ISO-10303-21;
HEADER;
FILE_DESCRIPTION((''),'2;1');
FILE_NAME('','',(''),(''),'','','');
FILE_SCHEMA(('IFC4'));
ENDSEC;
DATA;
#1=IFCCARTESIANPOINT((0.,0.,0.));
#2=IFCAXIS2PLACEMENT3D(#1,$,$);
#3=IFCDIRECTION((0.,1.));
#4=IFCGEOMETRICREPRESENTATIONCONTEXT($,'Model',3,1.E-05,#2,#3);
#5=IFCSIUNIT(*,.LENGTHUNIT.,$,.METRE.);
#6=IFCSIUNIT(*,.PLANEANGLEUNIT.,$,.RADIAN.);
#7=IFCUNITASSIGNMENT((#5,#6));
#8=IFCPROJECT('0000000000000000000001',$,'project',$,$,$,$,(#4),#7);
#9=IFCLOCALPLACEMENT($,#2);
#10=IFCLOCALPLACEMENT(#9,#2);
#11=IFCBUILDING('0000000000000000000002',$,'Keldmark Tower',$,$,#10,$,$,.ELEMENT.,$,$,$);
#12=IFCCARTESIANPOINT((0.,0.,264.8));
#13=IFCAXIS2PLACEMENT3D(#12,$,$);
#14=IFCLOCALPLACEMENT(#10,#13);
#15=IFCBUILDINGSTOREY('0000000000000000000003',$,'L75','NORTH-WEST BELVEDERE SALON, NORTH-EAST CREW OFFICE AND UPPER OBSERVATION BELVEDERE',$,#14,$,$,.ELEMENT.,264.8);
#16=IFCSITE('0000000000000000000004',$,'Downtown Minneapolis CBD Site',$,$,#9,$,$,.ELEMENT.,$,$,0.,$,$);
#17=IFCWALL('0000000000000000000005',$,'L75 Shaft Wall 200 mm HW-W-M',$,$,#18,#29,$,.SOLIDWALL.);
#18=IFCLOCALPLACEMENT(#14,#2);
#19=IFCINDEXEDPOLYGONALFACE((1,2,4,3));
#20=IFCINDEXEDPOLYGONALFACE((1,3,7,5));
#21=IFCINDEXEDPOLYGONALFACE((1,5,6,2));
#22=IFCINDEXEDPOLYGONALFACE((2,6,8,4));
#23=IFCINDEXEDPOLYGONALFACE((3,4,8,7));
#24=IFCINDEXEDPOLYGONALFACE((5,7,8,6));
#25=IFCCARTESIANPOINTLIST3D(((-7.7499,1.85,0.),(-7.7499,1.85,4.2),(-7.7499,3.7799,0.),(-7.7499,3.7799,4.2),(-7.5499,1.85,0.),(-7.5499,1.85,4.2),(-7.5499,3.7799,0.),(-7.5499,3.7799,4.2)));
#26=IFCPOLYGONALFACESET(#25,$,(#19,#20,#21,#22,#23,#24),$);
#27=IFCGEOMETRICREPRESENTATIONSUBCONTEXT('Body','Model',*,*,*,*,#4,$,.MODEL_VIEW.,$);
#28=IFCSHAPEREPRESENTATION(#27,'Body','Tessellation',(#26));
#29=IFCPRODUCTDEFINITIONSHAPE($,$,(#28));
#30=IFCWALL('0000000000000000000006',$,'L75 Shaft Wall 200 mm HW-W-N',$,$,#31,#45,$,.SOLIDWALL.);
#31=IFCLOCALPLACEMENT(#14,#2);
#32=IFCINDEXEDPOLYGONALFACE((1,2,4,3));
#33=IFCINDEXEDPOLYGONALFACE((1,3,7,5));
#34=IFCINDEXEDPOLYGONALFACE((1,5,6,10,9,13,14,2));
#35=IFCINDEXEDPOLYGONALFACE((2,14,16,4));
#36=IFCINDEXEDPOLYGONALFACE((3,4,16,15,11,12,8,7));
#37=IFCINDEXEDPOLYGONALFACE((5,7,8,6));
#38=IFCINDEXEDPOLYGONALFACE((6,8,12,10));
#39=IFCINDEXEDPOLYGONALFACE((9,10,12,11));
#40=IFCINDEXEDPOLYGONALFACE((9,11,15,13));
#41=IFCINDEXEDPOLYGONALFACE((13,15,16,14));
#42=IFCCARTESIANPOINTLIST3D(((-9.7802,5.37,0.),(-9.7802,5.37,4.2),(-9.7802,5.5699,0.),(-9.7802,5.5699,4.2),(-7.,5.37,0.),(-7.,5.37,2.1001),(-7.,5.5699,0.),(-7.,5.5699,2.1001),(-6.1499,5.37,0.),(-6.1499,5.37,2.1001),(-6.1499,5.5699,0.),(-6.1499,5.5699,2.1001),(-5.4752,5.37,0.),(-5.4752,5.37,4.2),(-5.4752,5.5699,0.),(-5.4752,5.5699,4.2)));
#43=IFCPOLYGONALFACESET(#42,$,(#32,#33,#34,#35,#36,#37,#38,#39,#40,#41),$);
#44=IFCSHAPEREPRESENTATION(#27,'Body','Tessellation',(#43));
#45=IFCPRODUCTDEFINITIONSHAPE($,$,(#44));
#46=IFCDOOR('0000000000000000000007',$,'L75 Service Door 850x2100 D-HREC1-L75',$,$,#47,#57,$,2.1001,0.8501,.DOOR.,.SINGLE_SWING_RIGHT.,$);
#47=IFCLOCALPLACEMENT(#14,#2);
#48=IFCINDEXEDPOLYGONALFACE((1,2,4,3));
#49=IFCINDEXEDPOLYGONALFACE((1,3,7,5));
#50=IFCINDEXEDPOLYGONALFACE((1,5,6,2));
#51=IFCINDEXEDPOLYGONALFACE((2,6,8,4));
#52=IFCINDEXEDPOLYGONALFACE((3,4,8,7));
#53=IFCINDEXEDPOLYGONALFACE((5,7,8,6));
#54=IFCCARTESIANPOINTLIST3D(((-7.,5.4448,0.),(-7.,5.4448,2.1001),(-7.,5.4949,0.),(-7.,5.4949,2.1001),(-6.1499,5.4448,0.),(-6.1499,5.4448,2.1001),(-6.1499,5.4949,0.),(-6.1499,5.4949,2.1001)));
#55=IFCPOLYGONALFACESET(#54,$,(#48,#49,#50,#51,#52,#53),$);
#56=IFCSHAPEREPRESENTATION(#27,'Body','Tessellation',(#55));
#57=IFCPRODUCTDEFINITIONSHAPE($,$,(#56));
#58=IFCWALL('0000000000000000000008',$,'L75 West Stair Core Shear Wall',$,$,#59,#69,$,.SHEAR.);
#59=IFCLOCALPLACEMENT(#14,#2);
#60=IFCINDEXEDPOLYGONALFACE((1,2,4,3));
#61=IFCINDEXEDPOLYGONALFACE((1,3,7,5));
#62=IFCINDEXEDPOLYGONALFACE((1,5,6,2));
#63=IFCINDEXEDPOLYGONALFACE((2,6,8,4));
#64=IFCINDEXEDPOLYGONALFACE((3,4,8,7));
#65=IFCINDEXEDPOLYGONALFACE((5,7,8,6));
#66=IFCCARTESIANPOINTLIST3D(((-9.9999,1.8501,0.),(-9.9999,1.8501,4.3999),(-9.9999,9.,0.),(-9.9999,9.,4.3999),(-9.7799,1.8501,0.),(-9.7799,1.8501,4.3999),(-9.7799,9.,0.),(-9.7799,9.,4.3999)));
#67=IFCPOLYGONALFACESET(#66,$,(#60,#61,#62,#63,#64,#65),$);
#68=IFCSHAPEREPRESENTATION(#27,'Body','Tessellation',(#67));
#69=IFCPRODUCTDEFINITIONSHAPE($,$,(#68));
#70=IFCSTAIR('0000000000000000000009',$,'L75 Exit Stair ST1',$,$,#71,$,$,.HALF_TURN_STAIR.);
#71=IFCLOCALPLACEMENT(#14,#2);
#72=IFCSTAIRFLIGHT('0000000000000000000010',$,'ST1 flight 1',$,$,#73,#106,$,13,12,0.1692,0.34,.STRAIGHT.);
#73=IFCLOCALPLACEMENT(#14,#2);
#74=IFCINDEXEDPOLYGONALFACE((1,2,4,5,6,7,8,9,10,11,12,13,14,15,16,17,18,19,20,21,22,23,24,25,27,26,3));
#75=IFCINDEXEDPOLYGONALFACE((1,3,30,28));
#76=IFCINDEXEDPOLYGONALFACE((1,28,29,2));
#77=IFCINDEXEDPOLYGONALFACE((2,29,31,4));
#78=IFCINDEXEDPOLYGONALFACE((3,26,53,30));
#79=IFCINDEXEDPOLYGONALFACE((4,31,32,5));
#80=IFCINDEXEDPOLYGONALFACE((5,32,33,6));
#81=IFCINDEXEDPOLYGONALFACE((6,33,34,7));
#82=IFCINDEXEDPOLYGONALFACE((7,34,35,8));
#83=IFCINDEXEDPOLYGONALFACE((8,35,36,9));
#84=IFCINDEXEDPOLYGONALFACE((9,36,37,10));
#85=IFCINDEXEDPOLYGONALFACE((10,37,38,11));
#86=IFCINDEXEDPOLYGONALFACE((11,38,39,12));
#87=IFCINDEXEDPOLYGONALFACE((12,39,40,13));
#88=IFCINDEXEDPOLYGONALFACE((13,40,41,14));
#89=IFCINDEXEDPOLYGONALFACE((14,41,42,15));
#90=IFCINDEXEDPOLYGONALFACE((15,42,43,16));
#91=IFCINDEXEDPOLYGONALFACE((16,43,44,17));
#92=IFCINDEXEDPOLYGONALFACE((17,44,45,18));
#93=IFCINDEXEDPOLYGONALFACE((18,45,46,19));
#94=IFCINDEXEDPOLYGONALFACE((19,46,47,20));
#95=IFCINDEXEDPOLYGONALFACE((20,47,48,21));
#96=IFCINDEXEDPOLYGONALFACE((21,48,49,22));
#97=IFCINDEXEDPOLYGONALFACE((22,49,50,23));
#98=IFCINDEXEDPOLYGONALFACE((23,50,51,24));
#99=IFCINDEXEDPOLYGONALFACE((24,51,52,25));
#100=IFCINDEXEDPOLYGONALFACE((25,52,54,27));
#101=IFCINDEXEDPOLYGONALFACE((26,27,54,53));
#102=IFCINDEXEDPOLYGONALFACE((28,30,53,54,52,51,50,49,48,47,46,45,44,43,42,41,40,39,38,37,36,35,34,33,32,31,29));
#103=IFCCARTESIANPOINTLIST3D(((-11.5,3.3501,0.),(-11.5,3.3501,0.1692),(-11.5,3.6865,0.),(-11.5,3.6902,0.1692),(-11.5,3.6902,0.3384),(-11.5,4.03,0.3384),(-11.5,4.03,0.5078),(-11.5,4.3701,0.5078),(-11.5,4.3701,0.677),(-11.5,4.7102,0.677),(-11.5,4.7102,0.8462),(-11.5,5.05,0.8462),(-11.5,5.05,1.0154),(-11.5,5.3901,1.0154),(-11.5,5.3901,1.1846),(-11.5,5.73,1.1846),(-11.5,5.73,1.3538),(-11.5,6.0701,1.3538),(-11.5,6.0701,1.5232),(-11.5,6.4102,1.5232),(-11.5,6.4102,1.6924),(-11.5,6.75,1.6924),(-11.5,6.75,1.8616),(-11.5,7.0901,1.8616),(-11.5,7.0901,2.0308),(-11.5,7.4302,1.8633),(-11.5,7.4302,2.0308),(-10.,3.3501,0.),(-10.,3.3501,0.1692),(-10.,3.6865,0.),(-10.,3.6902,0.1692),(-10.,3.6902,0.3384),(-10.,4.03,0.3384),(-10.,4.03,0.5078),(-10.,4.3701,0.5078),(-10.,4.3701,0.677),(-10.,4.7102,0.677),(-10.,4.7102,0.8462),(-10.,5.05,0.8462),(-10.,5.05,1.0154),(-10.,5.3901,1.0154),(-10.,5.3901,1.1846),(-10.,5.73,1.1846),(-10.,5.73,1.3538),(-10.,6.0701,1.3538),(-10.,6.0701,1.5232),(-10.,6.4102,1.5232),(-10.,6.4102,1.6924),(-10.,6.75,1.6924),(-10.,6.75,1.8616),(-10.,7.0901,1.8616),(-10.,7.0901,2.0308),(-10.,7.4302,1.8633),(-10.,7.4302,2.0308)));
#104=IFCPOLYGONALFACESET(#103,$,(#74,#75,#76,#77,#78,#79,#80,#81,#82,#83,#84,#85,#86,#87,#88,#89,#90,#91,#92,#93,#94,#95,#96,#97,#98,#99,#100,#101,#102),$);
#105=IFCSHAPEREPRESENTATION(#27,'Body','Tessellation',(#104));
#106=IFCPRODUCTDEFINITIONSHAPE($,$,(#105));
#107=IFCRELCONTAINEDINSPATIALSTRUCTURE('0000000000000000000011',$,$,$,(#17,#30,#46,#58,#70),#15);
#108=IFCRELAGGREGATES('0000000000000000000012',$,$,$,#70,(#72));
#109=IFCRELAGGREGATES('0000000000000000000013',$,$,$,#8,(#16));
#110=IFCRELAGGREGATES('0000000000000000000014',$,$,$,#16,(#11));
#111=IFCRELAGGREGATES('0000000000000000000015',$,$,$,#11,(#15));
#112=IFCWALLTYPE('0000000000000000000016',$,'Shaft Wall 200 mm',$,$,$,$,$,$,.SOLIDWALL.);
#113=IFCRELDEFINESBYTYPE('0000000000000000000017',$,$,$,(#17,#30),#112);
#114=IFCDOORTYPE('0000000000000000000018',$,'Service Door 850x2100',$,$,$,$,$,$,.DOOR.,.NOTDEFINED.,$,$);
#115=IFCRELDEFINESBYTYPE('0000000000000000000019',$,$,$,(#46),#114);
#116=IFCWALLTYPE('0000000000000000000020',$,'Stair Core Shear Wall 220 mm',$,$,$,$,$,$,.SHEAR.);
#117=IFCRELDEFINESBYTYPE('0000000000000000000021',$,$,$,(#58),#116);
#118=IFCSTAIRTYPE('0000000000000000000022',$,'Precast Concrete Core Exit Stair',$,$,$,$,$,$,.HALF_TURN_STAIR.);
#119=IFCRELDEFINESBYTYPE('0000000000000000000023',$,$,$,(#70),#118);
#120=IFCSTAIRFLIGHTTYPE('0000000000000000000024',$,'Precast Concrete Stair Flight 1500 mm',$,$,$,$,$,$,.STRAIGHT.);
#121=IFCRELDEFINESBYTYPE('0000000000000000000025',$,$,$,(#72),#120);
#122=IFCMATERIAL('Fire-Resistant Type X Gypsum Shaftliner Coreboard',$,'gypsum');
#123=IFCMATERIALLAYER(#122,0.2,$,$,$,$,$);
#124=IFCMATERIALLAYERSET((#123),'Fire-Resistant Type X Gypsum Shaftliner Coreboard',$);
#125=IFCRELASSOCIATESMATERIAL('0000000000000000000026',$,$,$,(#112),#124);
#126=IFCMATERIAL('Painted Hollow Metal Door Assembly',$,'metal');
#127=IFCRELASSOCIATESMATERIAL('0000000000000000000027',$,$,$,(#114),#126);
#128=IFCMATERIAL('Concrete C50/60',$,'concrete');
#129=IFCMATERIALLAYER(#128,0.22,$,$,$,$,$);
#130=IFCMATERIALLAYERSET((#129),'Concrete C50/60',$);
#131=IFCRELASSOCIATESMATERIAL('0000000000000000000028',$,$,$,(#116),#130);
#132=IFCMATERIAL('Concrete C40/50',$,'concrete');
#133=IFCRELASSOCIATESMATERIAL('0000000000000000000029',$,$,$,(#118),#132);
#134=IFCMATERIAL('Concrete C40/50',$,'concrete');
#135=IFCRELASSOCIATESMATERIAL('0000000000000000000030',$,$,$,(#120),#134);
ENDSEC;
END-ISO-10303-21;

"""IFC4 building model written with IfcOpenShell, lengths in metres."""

from ifc_helpers import new_model, si_unit, direction, frame, frame_2d, origin, place, context, subcontext, project, spatial, polyline, rectangle, outline, extrude, material, layer, layer_set, type_object, element, fill, aggregate, save


model = new_model("IFC4")

# Units and contexts
model_context = context("Model", 3, precision=1e-05, world=origin(), true_north=direction((0.0, 1.0)))
body_context = subcontext(model_context, "Body", "Model", "MODEL_VIEW")
ifc_project = project(units=[si_unit("LENGTHUNIT", "METRE"), si_unit("PLANEANGLEUNIT", "RADIAN")], contexts=[model_context])

# Site, building, storey
site_placement = place(None, origin())
site = spatial("IfcSite", under=ifc_project, at=site_placement, Name="Downtown Minneapolis CBD Site", CompositionType="ELEMENT", RefElevation=0.0)
building_placement = place(site_placement, origin())
building = spatial("IfcBuilding", under=site, at=building_placement, Name="Keldmark Tower", CompositionType="ELEMENT")
storey_placement = place(building_placement, frame((0.0, 0.0, 264.8)))
storey = spatial("IfcBuildingStorey", under=building, at=storey_placement, Name="L75", Description="NORTH-WEST BELVEDERE SALON, NORTH-EAST CREW OFFICE AND UPPER OBSERVATION BELVEDERE", CompositionType="ELEMENT", Elevation=264.8)

# Shared definitions
ifc_material_1 = material(Name="Fire-Resistant Type X Gypsum Shaftliner Coreboard", Category="gypsum")
ifc_layer_1 = layer(ifc_material_1, 0.2)
ifc_layer_set_1 = layer_set([ifc_layer_1], Name="Fire-Resistant Type X Gypsum Shaftliner Coreboard")
wall_type_1 = type_object("IfcWallType", Name="Shaft Wall 200 mm", PredefinedType="SOLIDWALL", material=ifc_layer_set_1)

# Shared definitions
ifc_material_2 = material(Name="Painted Hollow Metal Door Assembly", Category="metal")
door_type = type_object("IfcDoorType", Name="Service Door 850x2100", OperationType="NOTDEFINED", PredefinedType="DOOR", material=ifc_material_2)

# Wall
wall_1_placement = place(storey_placement, frame((-7.6499, 1.8501, 0.0), z_axis=(0.0, 0.0, 1.0), x_axis=(0.0, 1.0, 0.0)))
element("IfcWall", 1, at=wall_1_placement, inside=storey, type_object=wall_type_1, Name="L75 Shaft Wall 200 mm HW-W-M", PredefinedType="SOLIDWALL", context=body_context, shape_type="SweptSolid", body=[
    extrude(rectangle(XDim=1.9299, YDim=0.2, at=frame_2d((0.9648, 0.0))), origin(), (0.0, 0.0, 1.0), 4.2),
])

# Wall, opening, door
wall_2_placement = place(storey_placement, frame((-9.78, 5.47, 0.0), z_axis=(0.0, 0.0, 1.0), x_axis=(1.0, 0.0, 0.0)))
wall_2 = element("IfcWall", 2, at=wall_2_placement, inside=storey, type_object=wall_type_1, Name="L75 Shaft Wall 200 mm HW-W-N", PredefinedType="SOLIDWALL", context=body_context, shape_type="SweptSolid", body=[
    extrude(rectangle(XDim=4.3049, YDim=0.2, at=frame_2d((2.1523, 0.0))), origin(), (0.0, 0.0, 1.0), 4.2),
])
opening_1_placement = place(wall_2_placement, frame((2.78, 0.0, 0.0)))
opening_1 = element("IfcOpeningElement", 3, at=opening_1_placement, cuts=wall_2, PredefinedType="OPENING", context=body_context, shape_type="SweptSolid", body=[
    extrude(rectangle(XDim=0.8501, YDim=2.1001, at=frame_2d((0.425, 1.05))), frame((0.0, 0.1099, 0.0), z_axis=(0.0, -1.0, 0.0), x_axis=(1.0, 0.0, 0.0)), (0.0, 0.0, 1.0), 0.22),
])
door_1_placement = place(opening_1_placement, origin())
door_1 = element("IfcDoor", 4, at=door_1_placement, inside=storey, type_object=door_type, Name="L75 Service Door 850x2100 D-HREC1-L75", OperationType="SINGLE_SWING_RIGHT", OverallHeight=2.1001, OverallWidth=0.8501, PredefinedType="DOOR", context=body_context, shape_type="SweptSolid", body=[
    extrude(rectangle(XDim=0.8501, YDim=2.1001, at=frame_2d((0.425, 1.05))), frame((0.0, 0.0249, 0.0), z_axis=(0.0, -1.0, 0.0), x_axis=(1.0, 0.0, 0.0)), (0.0, 0.0, 1.0), 0.05),
])
fill(opening_1, door_1)

# Wall
ifc_material_3 = material(Name="Concrete C50/60", Category="concrete")
ifc_layer_2 = layer(ifc_material_3, 0.22)
ifc_layer_set_2 = layer_set([ifc_layer_2], Name="Concrete C50/60")
wall_type_2 = type_object("IfcWallType", Name="Stair Core Shear Wall 220 mm", PredefinedType="SHEAR", material=ifc_layer_set_2)
wall_3_placement = place(storey_placement, frame((-9.8899, 1.8501, 0.0), z_axis=(0.0, 0.0, 1.0), x_axis=(0.0, 1.0, 0.0)))
element("IfcWall", 5, at=wall_3_placement, inside=storey, type_object=wall_type_2, Name="L75 West Stair Core Shear Wall", PredefinedType="SHEAR", context=body_context, shape_type="SweptSolid", body=[
    extrude(rectangle(XDim=7.1499, YDim=0.22, at=frame_2d((3.575, 0.0))), origin(), (0.0, 0.0, 1.0), 4.3999),
])

# Stair, stair flight
ifc_material_4 = material(Name="Concrete C40/50", Category="concrete")
stair_type = type_object("IfcStairType", Name="Precast Concrete Core Exit Stair", PredefinedType="HALF_TURN_STAIR", material=ifc_material_4)
stair_placement = place(storey_placement, origin())
stair = element("IfcStair", 6, at=stair_placement, inside=storey, type_object=stair_type, Name="L75 Exit Stair ST1", PredefinedType="HALF_TURN_STAIR")
ifc_material_5 = material(Name="Concrete C40/50", Category="concrete")
stair_flight_type = type_object("IfcStairFlightType", Name="Precast Concrete Stair Flight 1500 mm", PredefinedType="STRAIGHT", material=ifc_material_5)
stair_flight_placement = place(storey_placement, frame((-10.75, 3.3501, 0.0), z_axis=(0.0, 0.0, 1.0), x_axis=(0.0, 1.0, 0.0)))
stair_flight = element("IfcStairFlight", 7, at=stair_flight_placement, type_object=stair_flight_type, Name="ST1 flight 1", NumberOfRisers=13, NumberOfTreads=12, PredefinedType="STRAIGHT", RiserHeight=0.1692, TreadLength=0.34, context=body_context, shape_type="SweptSolid", body=[
    extrude(outline(polyline([(0.0, 0.0), (0.0, 0.1692), (0.3401, 0.1692), (0.3401, 0.3384), (0.6799, 0.3384), (0.6799, 0.5078), (1.02, 0.5078), (1.02, 0.677), (1.3601, 0.677), (1.3601, 0.8462), (1.7, 0.8462), (1.7, 1.0154), (2.04, 1.0154), (2.04, 1.1846), (2.3799, 1.1846), (2.3799, 1.3538), (2.72, 1.3538), (2.72, 1.5232), (3.0601, 1.5232), (3.0601, 1.6924), (3.3999, 1.6924), (3.3999, 1.8616), (3.74, 1.8616), (3.74, 2.0308), (4.0801, 2.0308), (4.0801, 2.2), (4.0801, 1.8633), (0.3364, 0.0), (0.0, 0.0)])), frame((0.0, 0.75, 0.0), z_axis=(0.0, -1.0, 0.0), x_axis=(1.0, 0.0, 0.0)), (0.0, 0.0, 1.0), 1.5),
])
aggregate(stair, [stair_flight])

save(model, "model.ifc")
